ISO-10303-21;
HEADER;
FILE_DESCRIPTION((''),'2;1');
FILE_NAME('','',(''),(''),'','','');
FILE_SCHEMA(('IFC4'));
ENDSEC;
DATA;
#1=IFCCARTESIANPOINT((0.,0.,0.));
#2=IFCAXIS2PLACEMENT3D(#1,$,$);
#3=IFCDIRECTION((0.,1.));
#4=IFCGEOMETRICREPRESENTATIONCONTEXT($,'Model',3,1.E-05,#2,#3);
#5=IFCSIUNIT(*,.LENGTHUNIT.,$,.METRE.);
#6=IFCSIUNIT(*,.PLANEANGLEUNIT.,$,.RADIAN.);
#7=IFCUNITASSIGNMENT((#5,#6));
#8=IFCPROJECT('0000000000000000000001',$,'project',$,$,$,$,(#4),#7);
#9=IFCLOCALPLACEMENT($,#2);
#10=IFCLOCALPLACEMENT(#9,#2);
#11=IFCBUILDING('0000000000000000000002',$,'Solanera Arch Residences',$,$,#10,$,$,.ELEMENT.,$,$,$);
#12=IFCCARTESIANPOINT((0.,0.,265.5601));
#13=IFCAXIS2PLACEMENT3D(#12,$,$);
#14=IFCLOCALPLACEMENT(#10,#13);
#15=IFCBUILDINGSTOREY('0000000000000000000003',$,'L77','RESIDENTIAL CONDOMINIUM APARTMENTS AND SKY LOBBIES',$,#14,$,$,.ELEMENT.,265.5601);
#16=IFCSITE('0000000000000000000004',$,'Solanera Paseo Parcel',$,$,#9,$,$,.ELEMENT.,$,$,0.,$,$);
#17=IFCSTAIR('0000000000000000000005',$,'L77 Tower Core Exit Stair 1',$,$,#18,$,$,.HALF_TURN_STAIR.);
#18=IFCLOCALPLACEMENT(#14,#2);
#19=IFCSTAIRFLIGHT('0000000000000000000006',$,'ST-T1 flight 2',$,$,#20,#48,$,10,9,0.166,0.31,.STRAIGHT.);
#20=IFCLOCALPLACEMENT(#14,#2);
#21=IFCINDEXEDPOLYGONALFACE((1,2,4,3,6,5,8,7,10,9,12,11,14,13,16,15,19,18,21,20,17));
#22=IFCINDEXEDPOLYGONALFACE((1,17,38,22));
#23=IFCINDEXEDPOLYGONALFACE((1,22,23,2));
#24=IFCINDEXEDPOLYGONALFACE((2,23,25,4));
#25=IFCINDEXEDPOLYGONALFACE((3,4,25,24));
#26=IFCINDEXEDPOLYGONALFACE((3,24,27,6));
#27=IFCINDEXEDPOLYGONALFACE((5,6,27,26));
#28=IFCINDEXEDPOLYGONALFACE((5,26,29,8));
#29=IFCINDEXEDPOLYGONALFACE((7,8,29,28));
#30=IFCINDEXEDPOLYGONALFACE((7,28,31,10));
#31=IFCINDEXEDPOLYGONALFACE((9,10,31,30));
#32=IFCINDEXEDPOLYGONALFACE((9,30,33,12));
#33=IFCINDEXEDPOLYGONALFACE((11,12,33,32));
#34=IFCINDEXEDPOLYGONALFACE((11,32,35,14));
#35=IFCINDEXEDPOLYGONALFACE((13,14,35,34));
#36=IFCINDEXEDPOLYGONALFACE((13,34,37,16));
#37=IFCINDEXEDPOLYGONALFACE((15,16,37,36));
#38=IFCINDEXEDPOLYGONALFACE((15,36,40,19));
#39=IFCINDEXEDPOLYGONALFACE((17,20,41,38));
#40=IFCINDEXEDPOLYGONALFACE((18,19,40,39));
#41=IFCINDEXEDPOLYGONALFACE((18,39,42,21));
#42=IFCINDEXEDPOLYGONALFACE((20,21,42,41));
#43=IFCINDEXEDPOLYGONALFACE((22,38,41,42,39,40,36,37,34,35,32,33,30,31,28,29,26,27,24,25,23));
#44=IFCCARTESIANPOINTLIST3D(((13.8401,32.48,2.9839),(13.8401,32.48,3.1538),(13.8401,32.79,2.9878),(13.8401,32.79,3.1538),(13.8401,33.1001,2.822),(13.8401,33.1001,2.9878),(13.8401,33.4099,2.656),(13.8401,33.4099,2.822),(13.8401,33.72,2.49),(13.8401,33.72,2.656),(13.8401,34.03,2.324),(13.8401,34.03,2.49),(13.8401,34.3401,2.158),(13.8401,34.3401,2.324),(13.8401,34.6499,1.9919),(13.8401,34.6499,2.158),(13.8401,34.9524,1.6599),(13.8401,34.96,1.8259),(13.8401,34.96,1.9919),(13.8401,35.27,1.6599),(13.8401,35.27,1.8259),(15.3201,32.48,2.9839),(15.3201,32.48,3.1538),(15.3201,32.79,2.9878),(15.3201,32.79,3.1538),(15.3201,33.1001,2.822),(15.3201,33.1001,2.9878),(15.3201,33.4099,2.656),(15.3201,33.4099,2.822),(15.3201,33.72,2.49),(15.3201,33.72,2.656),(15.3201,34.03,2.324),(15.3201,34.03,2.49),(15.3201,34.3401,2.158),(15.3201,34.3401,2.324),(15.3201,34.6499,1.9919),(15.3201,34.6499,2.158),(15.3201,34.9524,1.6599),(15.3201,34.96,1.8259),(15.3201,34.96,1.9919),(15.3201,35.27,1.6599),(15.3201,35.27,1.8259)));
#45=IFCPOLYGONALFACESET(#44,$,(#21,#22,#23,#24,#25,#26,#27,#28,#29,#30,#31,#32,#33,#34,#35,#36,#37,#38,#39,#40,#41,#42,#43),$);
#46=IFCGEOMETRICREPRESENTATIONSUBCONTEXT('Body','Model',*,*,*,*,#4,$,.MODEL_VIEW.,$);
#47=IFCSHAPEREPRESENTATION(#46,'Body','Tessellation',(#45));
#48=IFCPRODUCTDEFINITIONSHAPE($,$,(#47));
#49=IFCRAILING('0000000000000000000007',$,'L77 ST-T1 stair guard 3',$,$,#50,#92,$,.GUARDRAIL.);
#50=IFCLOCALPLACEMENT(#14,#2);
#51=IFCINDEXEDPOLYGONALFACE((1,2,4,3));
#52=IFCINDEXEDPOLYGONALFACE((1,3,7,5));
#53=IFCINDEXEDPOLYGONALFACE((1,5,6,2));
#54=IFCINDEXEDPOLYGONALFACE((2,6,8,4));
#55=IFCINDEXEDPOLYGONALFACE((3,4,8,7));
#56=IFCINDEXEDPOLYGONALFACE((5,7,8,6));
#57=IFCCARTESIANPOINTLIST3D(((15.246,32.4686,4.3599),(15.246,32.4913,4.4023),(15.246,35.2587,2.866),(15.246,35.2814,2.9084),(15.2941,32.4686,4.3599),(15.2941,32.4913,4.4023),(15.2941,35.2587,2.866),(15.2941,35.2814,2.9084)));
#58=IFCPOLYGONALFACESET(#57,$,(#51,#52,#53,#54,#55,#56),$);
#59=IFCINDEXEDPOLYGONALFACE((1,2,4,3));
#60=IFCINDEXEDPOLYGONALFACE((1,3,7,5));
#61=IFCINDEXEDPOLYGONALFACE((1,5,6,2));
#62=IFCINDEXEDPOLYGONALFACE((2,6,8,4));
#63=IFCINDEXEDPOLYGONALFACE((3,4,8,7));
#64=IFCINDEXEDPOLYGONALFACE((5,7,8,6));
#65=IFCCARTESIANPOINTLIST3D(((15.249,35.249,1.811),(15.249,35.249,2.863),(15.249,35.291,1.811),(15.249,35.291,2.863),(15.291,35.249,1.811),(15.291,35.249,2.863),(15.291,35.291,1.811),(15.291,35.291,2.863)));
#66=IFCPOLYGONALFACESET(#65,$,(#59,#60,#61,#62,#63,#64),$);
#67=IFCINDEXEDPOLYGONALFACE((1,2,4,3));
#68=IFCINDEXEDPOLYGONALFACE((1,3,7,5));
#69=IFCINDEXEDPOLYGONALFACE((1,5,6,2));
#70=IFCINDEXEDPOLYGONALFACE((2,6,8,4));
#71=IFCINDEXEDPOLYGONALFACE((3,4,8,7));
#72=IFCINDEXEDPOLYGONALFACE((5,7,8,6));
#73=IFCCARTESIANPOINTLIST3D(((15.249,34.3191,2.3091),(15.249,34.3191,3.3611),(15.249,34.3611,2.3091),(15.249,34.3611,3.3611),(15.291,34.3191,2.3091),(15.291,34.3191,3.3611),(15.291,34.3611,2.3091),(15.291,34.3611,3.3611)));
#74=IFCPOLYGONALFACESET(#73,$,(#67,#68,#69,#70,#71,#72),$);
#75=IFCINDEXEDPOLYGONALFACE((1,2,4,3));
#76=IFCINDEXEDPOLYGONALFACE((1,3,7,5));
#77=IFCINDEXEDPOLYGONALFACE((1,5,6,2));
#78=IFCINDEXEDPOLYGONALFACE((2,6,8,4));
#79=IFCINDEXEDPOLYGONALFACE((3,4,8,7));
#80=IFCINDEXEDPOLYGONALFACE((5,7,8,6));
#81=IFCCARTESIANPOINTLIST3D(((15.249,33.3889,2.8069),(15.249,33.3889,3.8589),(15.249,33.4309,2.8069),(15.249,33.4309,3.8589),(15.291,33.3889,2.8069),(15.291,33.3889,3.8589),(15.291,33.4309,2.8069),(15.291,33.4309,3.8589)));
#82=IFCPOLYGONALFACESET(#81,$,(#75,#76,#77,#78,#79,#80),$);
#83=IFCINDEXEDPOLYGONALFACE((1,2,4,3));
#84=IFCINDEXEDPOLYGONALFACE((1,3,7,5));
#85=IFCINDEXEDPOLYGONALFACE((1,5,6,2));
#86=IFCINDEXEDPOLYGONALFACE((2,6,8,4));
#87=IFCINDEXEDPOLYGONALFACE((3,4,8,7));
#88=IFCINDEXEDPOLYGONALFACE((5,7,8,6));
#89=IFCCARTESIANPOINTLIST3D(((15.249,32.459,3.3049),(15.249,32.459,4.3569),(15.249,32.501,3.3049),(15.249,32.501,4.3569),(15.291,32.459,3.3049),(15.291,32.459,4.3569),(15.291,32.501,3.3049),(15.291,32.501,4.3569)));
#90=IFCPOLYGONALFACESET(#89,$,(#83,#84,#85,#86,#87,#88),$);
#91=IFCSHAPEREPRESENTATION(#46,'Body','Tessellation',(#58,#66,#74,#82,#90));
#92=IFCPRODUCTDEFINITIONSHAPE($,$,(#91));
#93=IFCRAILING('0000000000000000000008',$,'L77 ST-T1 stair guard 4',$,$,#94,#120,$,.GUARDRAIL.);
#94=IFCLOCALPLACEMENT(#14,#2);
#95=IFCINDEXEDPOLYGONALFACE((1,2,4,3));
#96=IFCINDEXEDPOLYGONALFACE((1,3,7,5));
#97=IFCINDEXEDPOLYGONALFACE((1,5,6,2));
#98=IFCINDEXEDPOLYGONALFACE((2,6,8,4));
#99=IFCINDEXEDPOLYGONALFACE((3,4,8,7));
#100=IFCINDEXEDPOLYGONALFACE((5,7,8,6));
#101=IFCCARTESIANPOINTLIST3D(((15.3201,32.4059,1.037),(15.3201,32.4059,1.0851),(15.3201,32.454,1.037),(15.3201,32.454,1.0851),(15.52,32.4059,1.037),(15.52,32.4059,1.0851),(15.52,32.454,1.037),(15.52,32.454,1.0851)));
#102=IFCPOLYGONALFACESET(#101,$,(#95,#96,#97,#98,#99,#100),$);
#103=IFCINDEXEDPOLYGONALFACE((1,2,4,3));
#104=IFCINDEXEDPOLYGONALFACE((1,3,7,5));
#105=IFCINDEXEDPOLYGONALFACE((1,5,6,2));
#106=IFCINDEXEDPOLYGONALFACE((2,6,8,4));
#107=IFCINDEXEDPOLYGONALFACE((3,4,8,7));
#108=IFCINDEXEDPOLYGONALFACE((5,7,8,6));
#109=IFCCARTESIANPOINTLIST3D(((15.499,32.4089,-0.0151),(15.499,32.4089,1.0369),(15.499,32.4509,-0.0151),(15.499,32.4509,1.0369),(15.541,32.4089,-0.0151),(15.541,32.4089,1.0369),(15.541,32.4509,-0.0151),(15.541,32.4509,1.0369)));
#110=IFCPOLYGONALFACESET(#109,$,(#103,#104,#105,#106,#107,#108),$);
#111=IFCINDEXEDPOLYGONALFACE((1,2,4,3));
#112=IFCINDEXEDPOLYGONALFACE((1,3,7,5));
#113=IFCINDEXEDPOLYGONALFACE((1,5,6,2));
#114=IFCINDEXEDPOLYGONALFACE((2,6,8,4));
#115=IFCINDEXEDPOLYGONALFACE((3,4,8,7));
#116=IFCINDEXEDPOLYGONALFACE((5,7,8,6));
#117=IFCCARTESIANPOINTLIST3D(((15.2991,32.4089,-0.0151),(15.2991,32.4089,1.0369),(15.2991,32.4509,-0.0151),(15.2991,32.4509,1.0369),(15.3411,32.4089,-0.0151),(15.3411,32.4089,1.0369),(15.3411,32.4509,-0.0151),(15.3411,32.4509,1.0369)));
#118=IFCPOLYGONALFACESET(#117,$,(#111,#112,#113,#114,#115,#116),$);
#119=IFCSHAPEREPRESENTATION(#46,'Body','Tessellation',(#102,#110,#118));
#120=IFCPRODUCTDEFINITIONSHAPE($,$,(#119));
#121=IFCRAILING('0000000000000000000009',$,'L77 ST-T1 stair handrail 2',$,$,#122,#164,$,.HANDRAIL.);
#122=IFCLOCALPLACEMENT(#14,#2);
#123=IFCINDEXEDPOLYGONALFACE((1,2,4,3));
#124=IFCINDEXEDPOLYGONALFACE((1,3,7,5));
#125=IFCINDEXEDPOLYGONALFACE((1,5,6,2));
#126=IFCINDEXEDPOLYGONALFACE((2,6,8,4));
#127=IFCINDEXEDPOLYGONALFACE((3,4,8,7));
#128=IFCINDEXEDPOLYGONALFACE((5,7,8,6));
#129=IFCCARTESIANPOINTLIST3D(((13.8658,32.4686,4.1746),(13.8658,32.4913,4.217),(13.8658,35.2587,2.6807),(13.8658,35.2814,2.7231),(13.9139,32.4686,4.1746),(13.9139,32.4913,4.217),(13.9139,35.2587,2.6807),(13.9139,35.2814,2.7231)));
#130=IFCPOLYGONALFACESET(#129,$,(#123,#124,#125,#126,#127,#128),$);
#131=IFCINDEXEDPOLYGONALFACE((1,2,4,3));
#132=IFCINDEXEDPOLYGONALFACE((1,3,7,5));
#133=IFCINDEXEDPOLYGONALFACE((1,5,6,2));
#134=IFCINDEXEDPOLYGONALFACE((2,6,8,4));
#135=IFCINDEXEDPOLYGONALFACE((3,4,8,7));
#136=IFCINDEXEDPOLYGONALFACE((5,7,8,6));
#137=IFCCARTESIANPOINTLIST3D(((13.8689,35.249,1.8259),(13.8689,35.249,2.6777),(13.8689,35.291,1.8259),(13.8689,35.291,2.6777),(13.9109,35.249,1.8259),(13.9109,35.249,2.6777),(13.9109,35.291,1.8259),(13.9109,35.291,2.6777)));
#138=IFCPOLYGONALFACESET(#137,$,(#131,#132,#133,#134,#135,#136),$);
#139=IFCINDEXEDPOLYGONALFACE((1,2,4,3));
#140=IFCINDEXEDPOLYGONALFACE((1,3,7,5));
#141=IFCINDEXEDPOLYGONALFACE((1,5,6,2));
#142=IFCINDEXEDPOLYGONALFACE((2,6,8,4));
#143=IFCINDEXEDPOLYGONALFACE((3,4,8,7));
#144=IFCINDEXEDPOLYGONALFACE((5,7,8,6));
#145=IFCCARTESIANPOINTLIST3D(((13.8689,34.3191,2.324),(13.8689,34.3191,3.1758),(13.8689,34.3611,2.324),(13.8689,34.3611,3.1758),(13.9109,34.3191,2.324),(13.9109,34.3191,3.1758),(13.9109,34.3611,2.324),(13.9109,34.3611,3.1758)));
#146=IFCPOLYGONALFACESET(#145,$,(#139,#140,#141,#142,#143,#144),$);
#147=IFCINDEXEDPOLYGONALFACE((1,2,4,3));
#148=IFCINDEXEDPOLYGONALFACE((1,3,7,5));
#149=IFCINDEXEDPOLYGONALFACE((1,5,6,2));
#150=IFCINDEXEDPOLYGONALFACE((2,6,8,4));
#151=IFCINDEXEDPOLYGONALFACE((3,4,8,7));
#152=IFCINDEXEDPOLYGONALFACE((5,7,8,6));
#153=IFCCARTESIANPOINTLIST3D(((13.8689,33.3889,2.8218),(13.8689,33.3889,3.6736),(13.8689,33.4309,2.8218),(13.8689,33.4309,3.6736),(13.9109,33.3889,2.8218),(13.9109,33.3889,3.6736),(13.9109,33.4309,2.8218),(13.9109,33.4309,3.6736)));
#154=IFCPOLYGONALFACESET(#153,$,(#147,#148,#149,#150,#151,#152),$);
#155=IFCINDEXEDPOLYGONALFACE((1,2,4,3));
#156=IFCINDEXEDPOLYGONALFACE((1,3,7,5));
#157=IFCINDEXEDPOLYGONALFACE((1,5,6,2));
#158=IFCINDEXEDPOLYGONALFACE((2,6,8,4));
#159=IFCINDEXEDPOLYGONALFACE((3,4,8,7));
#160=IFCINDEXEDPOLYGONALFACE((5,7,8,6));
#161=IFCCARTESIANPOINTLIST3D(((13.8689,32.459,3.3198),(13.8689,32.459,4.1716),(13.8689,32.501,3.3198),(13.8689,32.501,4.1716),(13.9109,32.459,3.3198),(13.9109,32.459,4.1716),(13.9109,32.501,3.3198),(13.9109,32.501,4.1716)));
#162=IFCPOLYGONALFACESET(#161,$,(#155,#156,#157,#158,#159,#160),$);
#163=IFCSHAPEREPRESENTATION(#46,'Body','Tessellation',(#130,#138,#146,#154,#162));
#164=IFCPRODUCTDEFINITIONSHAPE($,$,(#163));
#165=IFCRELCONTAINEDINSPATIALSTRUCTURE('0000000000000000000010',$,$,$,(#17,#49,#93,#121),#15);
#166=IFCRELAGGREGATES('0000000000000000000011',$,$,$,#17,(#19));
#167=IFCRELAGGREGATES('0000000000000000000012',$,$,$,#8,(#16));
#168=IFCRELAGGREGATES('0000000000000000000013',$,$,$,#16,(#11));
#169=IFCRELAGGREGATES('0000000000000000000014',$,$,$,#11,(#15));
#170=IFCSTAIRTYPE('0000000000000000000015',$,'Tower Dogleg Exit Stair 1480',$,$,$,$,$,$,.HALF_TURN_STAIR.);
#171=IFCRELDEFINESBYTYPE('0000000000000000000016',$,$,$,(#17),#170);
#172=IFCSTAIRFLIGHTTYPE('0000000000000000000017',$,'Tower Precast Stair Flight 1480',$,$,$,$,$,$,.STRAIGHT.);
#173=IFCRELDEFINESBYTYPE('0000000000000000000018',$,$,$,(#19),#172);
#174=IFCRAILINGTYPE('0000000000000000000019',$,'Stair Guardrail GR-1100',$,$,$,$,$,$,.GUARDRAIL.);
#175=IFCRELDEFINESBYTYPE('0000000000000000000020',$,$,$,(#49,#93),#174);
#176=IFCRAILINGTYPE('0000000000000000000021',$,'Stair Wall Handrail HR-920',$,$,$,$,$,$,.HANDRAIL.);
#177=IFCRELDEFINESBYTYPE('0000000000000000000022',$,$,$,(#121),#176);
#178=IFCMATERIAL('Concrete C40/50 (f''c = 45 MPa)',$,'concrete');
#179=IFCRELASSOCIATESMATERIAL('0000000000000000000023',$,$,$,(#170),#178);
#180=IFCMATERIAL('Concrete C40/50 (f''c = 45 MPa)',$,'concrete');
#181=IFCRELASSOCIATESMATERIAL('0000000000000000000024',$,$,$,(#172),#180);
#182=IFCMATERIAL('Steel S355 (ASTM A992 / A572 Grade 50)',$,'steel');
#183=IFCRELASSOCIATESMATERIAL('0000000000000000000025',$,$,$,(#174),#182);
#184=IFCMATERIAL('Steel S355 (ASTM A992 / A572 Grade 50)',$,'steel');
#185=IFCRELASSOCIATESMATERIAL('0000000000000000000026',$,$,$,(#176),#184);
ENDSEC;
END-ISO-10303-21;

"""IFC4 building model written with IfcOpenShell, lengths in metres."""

from ifc_helpers import new_model, si_unit, direction, frame, origin, origin_2d, place, context, subcontext, project, spatial, polyline, rectangle, outline, extrude, material, type_object, element, aggregate, save


model = new_model("IFC4")

# Units and contexts
model_context = context("Model", 3, precision=1e-05, world=origin(), true_north=direction((0.0, 1.0)))
body_context = subcontext(model_context, "Body", "Model", "MODEL_VIEW")
ifc_project = project(units=[si_unit("LENGTHUNIT", "METRE"), si_unit("PLANEANGLEUNIT", "RADIAN")], contexts=[model_context])

# Site, building, storey
site_placement = place(None, origin())
site = spatial("IfcSite", under=ifc_project, at=site_placement, Name="Solanera Paseo Parcel", CompositionType="ELEMENT", RefElevation=0.0)
building_placement = place(site_placement, origin())
building = spatial("IfcBuilding", under=site, at=building_placement, Name="Solanera Arch Residences", CompositionType="ELEMENT")
storey_placement = place(building_placement, frame((0.0, 0.0, 265.5601)))
storey = spatial("IfcBuildingStorey", under=building, at=storey_placement, Name="L77", Description="RESIDENTIAL CONDOMINIUM APARTMENTS AND SKY LOBBIES", CompositionType="ELEMENT", Elevation=265.5601)

# Stair, stair flight
ifc_material_1 = material(Name="Concrete C40/50 (f'c = 45 MPa)", Category="concrete")
stair_type = type_object("IfcStairType", Name="Tower Dogleg Exit Stair 1480", PredefinedType="HALF_TURN_STAIR", material=ifc_material_1)
stair_placement = place(storey_placement, origin())
stair = element("IfcStair", 1, at=stair_placement, inside=storey, type_object=stair_type, Name="L77 Tower Core Exit Stair 1", PredefinedType="HALF_TURN_STAIR")
ifc_material_2 = material(Name="Concrete C40/50 (f'c = 45 MPa)", Category="concrete")
stair_flight_type = type_object("IfcStairFlightType", Name="Tower Precast Stair Flight 1480", PredefinedType="STRAIGHT", material=ifc_material_2)
stair_flight_placement = place(storey_placement, frame((14.5801, 35.27, 1.6599), z_axis=(0.0, 0.0, 1.0), x_axis=(0.0, -1.0, 0.0)))
stair_flight = element("IfcStairFlight", 2, at=stair_flight_placement, type_object=stair_flight_type, Name="ST-T1 flight 2", NumberOfRisers=10, NumberOfTreads=9, PredefinedType="STRAIGHT", RiserHeight=0.166, TreadLength=0.31, context=body_context, shape_type="SweptSolid", body=[
    extrude(outline(polyline([(0.0, 0.0), (0.0, 0.166), (0.3101, 0.166), (0.3101, 0.332), (0.6201, 0.332), (0.6201, 0.498), (0.9299, 0.498), (0.9299, 0.6641), (1.24, 0.6641), (1.24, 0.8301), (1.55, 0.8301), (1.55, 0.9961), (1.8601, 0.9961), (1.8601, 1.1621), (2.1699, 1.1621), (2.1699, 1.3279), (2.48, 1.3279), (2.48, 1.4939), (2.79, 1.4939), (2.79, 1.6599), (2.79, 1.324), (0.3176, 0.0), (0.0, 0.0)])), frame((0.0, 0.74, 0.0), z_axis=(0.0, -1.0, 0.0), x_axis=(1.0, 0.0, 0.0)), (0.0, 0.0, 1.0), 1.48),
])
aggregate(stair, [stair_flight])

# Railings
ifc_material_3 = material(Name="Steel S355 (ASTM A992 / A572 Grade 50)", Category="steel")
railing_type_1 = type_object("IfcRailingType", Name="Stair Guardrail GR-1100", PredefinedType="GUARDRAIL", material=ifc_material_3)
railing_1_placement = place(storey_placement, frame((15.27, 35.27, 1.811)))
element("IfcRailing", 3, at=railing_1_placement, inside=storey, type_object=railing_type_1, Name="L77 ST-T1 stair guard 3", PredefinedType="GUARDRAIL", context=body_context, shape_type="SweptSolid", body=[
    extrude(rectangle(XDim=0.0481, YDim=0.0481, at=origin_2d()), frame((0.0, 0.0, 1.0762), z_axis=(0.0, -0.881581, 0.472033), x_axis=(1.0, 0.0, 0.0)), (0.0, 0.0, 1.0), 3.1648),
    extrude(rectangle(XDim=0.042, YDim=0.042, at=origin_2d()), origin(), (0.0, 0.0, 1.0), 1.052),
    extrude(rectangle(XDim=0.042, YDim=0.042, at=origin_2d()), frame((0.0, -0.9299, 0.498)), (0.0, 0.0, 1.0), 1.052),
    extrude(rectangle(XDim=0.042, YDim=0.042, at=origin_2d()), frame((0.0, -1.8601, 0.9958)), (0.0, 0.0, 1.0), 1.052),
    extrude(rectangle(XDim=0.042, YDim=0.042, at=origin_2d()), frame((0.0, -2.79, 1.4939)), (0.0, 0.0, 1.0), 1.052),
])
railing_2_placement = place(storey_placement, frame((15.52, 32.4299, -0.0151)))
element("IfcRailing", 4, at=railing_2_placement, inside=storey, type_object=railing_type_1, Name="L77 ST-T1 stair guard 4", PredefinedType="GUARDRAIL", context=body_context, shape_type="SweptSolid", body=[
    extrude(rectangle(XDim=0.0481, YDim=0.0481, at=origin_2d()), frame((0.0, 0.0, 1.0762), z_axis=(-1.0, 0.0, 0.0), x_axis=(0.0, -1.0, 0.0)), (0.0, 0.0, 1.0), 0.2),
    extrude(rectangle(XDim=0.042, YDim=0.042, at=origin_2d()), origin(), (0.0, 0.0, 1.0), 1.052),
    extrude(rectangle(XDim=0.042, YDim=0.042, at=origin_2d()), frame((-0.2, 0.0, 0.0)), (0.0, 0.0, 1.0), 1.052),
])
ifc_material_4 = material(Name="Steel S355 (ASTM A992 / A572 Grade 50)", Category="steel")
railing_type_2 = type_object("IfcRailingType", Name="Stair Wall Handrail HR-920", PredefinedType="HANDRAIL", material=ifc_material_4)
railing_3_placement = place(storey_placement, frame((13.8899, 35.27, 1.8259)))
element("IfcRailing", 5, at=railing_3_placement, inside=storey, type_object=railing_type_2, Name="L77 ST-T1 stair handrail 2", PredefinedType="HANDRAIL", context=body_context, shape_type="SweptSolid", body=[
    extrude(rectangle(XDim=0.0481, YDim=0.0481, at=origin_2d()), frame((0.0, 0.0, 0.876), z_axis=(0.0, -0.881581, 0.472033), x_axis=(1.0, 0.0, 0.0)), (0.0, 0.0, 1.0), 3.1648),
    extrude(rectangle(XDim=0.042, YDim=0.042, at=origin_2d()), origin(), (0.0, 0.0, 1.0), 0.8518),
    extrude(rectangle(XDim=0.042, YDim=0.042, at=origin_2d()), frame((0.0, -0.9299, 0.498)), (0.0, 0.0, 1.0), 0.8518),
    extrude(rectangle(XDim=0.042, YDim=0.042, at=origin_2d()), frame((0.0, -1.8601, 0.9958)), (0.0, 0.0, 1.0), 0.8518),
    extrude(rectangle(XDim=0.042, YDim=0.042, at=origin_2d()), frame((0.0, -2.79, 1.4939)), (0.0, 0.0, 1.0), 0.8518),
])

save(model, "model.ifc")
